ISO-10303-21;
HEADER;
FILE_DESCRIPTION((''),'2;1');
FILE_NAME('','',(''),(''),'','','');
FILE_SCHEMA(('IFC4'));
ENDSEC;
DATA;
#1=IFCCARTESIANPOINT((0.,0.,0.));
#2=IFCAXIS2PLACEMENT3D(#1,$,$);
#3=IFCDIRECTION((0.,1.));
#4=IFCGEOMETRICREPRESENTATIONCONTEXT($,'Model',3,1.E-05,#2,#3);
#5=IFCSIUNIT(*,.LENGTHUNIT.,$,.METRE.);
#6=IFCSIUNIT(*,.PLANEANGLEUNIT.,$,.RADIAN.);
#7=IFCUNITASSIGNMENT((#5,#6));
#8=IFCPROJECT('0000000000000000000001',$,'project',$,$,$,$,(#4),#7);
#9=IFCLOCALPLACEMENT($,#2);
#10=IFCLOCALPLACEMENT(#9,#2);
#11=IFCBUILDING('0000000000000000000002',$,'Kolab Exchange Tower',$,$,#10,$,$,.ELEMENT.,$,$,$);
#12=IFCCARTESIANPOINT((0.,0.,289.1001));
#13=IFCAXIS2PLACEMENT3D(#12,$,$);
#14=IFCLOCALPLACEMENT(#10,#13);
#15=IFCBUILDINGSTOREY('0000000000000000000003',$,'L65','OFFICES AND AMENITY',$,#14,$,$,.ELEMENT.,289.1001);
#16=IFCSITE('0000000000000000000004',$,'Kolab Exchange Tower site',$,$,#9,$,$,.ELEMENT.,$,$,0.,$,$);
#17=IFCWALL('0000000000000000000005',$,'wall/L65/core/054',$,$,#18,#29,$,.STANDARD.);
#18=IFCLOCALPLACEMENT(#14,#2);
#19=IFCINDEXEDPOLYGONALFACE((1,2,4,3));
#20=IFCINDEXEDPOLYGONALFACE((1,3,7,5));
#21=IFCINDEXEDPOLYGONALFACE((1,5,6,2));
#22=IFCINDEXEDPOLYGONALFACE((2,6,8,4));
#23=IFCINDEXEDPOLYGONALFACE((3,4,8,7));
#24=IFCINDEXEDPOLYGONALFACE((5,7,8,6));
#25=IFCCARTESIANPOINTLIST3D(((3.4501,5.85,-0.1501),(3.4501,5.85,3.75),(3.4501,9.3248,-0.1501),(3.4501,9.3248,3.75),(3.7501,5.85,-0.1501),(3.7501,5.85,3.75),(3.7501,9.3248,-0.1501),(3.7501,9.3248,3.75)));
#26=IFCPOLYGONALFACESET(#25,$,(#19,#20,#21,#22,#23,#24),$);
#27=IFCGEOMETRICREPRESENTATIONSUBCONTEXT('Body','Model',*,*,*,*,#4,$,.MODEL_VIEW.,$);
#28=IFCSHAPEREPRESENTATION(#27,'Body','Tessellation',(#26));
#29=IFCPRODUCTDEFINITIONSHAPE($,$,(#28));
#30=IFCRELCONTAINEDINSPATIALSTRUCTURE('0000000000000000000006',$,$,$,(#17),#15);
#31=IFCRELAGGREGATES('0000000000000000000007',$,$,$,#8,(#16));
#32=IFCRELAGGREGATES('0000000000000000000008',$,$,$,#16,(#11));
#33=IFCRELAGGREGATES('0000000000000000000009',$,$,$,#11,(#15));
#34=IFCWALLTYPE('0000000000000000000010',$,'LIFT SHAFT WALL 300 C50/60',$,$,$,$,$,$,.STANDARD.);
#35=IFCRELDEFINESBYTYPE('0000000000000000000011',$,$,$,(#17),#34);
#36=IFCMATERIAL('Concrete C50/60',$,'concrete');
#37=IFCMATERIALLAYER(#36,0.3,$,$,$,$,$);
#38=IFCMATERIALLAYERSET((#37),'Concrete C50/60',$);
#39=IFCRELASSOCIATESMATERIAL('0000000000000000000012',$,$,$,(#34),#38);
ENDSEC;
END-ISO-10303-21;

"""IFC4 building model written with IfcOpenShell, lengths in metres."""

from ifc_helpers import new_model, si_unit, direction, frame, frame_2d, origin, place, context, subcontext, project, spatial, rectangle, extrude, material, layer, layer_set, type_object, element, save


model = new_model("IFC4")

# Units and contexts
model_context = context("Model", 3, precision=1e-05, world=origin(), true_north=direction((0.0, 1.0)))
body_context = subcontext(model_context, "Body", "Model", "MODEL_VIEW")
ifc_project = project(units=[si_unit("LENGTHUNIT", "METRE"), si_unit("PLANEANGLEUNIT", "RADIAN")], contexts=[model_context])

# Site, building, storey
site_placement = place(None, origin())
site = spatial("IfcSite", under=ifc_project, at=site_placement, Name="Kolab Exchange Tower site", CompositionType="ELEMENT", RefElevation=0.0)
building_placement = place(site_placement, origin())
building = spatial("IfcBuilding", under=site, at=building_placement, Name="Kolab Exchange Tower", CompositionType="ELEMENT")
storey_placement = place(building_placement, frame((0.0, 0.0, 289.1001)))
storey = spatial("IfcBuildingStorey", under=building, at=storey_placement, Name="L65", Description="OFFICES AND AMENITY", CompositionType="ELEMENT", Elevation=289.1001)

# Shared definitions
ifc_material_1 = material(Name="Concrete C50/60", Category="concrete")

# Shared definitions
ifc_layer_1 = layer(ifc_material_1, 0.3)
ifc_layer_set_1 = layer_set([ifc_layer_1], Name="Concrete C50/60")
wall_type = type_object("IfcWallType", Name="LIFT SHAFT WALL 300 C50/60", PredefinedType="STANDARD", material=ifc_layer_set_1)

# Wall
for number, where, z_axis, x_axis, name in (
    (1, (3.6001, 5.8501, -0.1501), (0.0, 0.0, 1.0), (0.0, 1.0, 0.0), "wall/L65/core/054"),
):
    element("IfcWall", number, at=place(storey_placement, frame(where, z_axis=z_axis, x_axis=x_axis)), inside=storey, type_object=wall_type, Name=name, PredefinedType="STANDARD", context=body_context, shape_type="SweptSolid", body=[
        extrude(rectangle(XDim=3.4749, YDim=0.3, at=frame_2d((1.7373, 0.0))), origin(), (0.0, 0.0, 1.0), 3.9001),
    ])

save(model, "model.ifc")
